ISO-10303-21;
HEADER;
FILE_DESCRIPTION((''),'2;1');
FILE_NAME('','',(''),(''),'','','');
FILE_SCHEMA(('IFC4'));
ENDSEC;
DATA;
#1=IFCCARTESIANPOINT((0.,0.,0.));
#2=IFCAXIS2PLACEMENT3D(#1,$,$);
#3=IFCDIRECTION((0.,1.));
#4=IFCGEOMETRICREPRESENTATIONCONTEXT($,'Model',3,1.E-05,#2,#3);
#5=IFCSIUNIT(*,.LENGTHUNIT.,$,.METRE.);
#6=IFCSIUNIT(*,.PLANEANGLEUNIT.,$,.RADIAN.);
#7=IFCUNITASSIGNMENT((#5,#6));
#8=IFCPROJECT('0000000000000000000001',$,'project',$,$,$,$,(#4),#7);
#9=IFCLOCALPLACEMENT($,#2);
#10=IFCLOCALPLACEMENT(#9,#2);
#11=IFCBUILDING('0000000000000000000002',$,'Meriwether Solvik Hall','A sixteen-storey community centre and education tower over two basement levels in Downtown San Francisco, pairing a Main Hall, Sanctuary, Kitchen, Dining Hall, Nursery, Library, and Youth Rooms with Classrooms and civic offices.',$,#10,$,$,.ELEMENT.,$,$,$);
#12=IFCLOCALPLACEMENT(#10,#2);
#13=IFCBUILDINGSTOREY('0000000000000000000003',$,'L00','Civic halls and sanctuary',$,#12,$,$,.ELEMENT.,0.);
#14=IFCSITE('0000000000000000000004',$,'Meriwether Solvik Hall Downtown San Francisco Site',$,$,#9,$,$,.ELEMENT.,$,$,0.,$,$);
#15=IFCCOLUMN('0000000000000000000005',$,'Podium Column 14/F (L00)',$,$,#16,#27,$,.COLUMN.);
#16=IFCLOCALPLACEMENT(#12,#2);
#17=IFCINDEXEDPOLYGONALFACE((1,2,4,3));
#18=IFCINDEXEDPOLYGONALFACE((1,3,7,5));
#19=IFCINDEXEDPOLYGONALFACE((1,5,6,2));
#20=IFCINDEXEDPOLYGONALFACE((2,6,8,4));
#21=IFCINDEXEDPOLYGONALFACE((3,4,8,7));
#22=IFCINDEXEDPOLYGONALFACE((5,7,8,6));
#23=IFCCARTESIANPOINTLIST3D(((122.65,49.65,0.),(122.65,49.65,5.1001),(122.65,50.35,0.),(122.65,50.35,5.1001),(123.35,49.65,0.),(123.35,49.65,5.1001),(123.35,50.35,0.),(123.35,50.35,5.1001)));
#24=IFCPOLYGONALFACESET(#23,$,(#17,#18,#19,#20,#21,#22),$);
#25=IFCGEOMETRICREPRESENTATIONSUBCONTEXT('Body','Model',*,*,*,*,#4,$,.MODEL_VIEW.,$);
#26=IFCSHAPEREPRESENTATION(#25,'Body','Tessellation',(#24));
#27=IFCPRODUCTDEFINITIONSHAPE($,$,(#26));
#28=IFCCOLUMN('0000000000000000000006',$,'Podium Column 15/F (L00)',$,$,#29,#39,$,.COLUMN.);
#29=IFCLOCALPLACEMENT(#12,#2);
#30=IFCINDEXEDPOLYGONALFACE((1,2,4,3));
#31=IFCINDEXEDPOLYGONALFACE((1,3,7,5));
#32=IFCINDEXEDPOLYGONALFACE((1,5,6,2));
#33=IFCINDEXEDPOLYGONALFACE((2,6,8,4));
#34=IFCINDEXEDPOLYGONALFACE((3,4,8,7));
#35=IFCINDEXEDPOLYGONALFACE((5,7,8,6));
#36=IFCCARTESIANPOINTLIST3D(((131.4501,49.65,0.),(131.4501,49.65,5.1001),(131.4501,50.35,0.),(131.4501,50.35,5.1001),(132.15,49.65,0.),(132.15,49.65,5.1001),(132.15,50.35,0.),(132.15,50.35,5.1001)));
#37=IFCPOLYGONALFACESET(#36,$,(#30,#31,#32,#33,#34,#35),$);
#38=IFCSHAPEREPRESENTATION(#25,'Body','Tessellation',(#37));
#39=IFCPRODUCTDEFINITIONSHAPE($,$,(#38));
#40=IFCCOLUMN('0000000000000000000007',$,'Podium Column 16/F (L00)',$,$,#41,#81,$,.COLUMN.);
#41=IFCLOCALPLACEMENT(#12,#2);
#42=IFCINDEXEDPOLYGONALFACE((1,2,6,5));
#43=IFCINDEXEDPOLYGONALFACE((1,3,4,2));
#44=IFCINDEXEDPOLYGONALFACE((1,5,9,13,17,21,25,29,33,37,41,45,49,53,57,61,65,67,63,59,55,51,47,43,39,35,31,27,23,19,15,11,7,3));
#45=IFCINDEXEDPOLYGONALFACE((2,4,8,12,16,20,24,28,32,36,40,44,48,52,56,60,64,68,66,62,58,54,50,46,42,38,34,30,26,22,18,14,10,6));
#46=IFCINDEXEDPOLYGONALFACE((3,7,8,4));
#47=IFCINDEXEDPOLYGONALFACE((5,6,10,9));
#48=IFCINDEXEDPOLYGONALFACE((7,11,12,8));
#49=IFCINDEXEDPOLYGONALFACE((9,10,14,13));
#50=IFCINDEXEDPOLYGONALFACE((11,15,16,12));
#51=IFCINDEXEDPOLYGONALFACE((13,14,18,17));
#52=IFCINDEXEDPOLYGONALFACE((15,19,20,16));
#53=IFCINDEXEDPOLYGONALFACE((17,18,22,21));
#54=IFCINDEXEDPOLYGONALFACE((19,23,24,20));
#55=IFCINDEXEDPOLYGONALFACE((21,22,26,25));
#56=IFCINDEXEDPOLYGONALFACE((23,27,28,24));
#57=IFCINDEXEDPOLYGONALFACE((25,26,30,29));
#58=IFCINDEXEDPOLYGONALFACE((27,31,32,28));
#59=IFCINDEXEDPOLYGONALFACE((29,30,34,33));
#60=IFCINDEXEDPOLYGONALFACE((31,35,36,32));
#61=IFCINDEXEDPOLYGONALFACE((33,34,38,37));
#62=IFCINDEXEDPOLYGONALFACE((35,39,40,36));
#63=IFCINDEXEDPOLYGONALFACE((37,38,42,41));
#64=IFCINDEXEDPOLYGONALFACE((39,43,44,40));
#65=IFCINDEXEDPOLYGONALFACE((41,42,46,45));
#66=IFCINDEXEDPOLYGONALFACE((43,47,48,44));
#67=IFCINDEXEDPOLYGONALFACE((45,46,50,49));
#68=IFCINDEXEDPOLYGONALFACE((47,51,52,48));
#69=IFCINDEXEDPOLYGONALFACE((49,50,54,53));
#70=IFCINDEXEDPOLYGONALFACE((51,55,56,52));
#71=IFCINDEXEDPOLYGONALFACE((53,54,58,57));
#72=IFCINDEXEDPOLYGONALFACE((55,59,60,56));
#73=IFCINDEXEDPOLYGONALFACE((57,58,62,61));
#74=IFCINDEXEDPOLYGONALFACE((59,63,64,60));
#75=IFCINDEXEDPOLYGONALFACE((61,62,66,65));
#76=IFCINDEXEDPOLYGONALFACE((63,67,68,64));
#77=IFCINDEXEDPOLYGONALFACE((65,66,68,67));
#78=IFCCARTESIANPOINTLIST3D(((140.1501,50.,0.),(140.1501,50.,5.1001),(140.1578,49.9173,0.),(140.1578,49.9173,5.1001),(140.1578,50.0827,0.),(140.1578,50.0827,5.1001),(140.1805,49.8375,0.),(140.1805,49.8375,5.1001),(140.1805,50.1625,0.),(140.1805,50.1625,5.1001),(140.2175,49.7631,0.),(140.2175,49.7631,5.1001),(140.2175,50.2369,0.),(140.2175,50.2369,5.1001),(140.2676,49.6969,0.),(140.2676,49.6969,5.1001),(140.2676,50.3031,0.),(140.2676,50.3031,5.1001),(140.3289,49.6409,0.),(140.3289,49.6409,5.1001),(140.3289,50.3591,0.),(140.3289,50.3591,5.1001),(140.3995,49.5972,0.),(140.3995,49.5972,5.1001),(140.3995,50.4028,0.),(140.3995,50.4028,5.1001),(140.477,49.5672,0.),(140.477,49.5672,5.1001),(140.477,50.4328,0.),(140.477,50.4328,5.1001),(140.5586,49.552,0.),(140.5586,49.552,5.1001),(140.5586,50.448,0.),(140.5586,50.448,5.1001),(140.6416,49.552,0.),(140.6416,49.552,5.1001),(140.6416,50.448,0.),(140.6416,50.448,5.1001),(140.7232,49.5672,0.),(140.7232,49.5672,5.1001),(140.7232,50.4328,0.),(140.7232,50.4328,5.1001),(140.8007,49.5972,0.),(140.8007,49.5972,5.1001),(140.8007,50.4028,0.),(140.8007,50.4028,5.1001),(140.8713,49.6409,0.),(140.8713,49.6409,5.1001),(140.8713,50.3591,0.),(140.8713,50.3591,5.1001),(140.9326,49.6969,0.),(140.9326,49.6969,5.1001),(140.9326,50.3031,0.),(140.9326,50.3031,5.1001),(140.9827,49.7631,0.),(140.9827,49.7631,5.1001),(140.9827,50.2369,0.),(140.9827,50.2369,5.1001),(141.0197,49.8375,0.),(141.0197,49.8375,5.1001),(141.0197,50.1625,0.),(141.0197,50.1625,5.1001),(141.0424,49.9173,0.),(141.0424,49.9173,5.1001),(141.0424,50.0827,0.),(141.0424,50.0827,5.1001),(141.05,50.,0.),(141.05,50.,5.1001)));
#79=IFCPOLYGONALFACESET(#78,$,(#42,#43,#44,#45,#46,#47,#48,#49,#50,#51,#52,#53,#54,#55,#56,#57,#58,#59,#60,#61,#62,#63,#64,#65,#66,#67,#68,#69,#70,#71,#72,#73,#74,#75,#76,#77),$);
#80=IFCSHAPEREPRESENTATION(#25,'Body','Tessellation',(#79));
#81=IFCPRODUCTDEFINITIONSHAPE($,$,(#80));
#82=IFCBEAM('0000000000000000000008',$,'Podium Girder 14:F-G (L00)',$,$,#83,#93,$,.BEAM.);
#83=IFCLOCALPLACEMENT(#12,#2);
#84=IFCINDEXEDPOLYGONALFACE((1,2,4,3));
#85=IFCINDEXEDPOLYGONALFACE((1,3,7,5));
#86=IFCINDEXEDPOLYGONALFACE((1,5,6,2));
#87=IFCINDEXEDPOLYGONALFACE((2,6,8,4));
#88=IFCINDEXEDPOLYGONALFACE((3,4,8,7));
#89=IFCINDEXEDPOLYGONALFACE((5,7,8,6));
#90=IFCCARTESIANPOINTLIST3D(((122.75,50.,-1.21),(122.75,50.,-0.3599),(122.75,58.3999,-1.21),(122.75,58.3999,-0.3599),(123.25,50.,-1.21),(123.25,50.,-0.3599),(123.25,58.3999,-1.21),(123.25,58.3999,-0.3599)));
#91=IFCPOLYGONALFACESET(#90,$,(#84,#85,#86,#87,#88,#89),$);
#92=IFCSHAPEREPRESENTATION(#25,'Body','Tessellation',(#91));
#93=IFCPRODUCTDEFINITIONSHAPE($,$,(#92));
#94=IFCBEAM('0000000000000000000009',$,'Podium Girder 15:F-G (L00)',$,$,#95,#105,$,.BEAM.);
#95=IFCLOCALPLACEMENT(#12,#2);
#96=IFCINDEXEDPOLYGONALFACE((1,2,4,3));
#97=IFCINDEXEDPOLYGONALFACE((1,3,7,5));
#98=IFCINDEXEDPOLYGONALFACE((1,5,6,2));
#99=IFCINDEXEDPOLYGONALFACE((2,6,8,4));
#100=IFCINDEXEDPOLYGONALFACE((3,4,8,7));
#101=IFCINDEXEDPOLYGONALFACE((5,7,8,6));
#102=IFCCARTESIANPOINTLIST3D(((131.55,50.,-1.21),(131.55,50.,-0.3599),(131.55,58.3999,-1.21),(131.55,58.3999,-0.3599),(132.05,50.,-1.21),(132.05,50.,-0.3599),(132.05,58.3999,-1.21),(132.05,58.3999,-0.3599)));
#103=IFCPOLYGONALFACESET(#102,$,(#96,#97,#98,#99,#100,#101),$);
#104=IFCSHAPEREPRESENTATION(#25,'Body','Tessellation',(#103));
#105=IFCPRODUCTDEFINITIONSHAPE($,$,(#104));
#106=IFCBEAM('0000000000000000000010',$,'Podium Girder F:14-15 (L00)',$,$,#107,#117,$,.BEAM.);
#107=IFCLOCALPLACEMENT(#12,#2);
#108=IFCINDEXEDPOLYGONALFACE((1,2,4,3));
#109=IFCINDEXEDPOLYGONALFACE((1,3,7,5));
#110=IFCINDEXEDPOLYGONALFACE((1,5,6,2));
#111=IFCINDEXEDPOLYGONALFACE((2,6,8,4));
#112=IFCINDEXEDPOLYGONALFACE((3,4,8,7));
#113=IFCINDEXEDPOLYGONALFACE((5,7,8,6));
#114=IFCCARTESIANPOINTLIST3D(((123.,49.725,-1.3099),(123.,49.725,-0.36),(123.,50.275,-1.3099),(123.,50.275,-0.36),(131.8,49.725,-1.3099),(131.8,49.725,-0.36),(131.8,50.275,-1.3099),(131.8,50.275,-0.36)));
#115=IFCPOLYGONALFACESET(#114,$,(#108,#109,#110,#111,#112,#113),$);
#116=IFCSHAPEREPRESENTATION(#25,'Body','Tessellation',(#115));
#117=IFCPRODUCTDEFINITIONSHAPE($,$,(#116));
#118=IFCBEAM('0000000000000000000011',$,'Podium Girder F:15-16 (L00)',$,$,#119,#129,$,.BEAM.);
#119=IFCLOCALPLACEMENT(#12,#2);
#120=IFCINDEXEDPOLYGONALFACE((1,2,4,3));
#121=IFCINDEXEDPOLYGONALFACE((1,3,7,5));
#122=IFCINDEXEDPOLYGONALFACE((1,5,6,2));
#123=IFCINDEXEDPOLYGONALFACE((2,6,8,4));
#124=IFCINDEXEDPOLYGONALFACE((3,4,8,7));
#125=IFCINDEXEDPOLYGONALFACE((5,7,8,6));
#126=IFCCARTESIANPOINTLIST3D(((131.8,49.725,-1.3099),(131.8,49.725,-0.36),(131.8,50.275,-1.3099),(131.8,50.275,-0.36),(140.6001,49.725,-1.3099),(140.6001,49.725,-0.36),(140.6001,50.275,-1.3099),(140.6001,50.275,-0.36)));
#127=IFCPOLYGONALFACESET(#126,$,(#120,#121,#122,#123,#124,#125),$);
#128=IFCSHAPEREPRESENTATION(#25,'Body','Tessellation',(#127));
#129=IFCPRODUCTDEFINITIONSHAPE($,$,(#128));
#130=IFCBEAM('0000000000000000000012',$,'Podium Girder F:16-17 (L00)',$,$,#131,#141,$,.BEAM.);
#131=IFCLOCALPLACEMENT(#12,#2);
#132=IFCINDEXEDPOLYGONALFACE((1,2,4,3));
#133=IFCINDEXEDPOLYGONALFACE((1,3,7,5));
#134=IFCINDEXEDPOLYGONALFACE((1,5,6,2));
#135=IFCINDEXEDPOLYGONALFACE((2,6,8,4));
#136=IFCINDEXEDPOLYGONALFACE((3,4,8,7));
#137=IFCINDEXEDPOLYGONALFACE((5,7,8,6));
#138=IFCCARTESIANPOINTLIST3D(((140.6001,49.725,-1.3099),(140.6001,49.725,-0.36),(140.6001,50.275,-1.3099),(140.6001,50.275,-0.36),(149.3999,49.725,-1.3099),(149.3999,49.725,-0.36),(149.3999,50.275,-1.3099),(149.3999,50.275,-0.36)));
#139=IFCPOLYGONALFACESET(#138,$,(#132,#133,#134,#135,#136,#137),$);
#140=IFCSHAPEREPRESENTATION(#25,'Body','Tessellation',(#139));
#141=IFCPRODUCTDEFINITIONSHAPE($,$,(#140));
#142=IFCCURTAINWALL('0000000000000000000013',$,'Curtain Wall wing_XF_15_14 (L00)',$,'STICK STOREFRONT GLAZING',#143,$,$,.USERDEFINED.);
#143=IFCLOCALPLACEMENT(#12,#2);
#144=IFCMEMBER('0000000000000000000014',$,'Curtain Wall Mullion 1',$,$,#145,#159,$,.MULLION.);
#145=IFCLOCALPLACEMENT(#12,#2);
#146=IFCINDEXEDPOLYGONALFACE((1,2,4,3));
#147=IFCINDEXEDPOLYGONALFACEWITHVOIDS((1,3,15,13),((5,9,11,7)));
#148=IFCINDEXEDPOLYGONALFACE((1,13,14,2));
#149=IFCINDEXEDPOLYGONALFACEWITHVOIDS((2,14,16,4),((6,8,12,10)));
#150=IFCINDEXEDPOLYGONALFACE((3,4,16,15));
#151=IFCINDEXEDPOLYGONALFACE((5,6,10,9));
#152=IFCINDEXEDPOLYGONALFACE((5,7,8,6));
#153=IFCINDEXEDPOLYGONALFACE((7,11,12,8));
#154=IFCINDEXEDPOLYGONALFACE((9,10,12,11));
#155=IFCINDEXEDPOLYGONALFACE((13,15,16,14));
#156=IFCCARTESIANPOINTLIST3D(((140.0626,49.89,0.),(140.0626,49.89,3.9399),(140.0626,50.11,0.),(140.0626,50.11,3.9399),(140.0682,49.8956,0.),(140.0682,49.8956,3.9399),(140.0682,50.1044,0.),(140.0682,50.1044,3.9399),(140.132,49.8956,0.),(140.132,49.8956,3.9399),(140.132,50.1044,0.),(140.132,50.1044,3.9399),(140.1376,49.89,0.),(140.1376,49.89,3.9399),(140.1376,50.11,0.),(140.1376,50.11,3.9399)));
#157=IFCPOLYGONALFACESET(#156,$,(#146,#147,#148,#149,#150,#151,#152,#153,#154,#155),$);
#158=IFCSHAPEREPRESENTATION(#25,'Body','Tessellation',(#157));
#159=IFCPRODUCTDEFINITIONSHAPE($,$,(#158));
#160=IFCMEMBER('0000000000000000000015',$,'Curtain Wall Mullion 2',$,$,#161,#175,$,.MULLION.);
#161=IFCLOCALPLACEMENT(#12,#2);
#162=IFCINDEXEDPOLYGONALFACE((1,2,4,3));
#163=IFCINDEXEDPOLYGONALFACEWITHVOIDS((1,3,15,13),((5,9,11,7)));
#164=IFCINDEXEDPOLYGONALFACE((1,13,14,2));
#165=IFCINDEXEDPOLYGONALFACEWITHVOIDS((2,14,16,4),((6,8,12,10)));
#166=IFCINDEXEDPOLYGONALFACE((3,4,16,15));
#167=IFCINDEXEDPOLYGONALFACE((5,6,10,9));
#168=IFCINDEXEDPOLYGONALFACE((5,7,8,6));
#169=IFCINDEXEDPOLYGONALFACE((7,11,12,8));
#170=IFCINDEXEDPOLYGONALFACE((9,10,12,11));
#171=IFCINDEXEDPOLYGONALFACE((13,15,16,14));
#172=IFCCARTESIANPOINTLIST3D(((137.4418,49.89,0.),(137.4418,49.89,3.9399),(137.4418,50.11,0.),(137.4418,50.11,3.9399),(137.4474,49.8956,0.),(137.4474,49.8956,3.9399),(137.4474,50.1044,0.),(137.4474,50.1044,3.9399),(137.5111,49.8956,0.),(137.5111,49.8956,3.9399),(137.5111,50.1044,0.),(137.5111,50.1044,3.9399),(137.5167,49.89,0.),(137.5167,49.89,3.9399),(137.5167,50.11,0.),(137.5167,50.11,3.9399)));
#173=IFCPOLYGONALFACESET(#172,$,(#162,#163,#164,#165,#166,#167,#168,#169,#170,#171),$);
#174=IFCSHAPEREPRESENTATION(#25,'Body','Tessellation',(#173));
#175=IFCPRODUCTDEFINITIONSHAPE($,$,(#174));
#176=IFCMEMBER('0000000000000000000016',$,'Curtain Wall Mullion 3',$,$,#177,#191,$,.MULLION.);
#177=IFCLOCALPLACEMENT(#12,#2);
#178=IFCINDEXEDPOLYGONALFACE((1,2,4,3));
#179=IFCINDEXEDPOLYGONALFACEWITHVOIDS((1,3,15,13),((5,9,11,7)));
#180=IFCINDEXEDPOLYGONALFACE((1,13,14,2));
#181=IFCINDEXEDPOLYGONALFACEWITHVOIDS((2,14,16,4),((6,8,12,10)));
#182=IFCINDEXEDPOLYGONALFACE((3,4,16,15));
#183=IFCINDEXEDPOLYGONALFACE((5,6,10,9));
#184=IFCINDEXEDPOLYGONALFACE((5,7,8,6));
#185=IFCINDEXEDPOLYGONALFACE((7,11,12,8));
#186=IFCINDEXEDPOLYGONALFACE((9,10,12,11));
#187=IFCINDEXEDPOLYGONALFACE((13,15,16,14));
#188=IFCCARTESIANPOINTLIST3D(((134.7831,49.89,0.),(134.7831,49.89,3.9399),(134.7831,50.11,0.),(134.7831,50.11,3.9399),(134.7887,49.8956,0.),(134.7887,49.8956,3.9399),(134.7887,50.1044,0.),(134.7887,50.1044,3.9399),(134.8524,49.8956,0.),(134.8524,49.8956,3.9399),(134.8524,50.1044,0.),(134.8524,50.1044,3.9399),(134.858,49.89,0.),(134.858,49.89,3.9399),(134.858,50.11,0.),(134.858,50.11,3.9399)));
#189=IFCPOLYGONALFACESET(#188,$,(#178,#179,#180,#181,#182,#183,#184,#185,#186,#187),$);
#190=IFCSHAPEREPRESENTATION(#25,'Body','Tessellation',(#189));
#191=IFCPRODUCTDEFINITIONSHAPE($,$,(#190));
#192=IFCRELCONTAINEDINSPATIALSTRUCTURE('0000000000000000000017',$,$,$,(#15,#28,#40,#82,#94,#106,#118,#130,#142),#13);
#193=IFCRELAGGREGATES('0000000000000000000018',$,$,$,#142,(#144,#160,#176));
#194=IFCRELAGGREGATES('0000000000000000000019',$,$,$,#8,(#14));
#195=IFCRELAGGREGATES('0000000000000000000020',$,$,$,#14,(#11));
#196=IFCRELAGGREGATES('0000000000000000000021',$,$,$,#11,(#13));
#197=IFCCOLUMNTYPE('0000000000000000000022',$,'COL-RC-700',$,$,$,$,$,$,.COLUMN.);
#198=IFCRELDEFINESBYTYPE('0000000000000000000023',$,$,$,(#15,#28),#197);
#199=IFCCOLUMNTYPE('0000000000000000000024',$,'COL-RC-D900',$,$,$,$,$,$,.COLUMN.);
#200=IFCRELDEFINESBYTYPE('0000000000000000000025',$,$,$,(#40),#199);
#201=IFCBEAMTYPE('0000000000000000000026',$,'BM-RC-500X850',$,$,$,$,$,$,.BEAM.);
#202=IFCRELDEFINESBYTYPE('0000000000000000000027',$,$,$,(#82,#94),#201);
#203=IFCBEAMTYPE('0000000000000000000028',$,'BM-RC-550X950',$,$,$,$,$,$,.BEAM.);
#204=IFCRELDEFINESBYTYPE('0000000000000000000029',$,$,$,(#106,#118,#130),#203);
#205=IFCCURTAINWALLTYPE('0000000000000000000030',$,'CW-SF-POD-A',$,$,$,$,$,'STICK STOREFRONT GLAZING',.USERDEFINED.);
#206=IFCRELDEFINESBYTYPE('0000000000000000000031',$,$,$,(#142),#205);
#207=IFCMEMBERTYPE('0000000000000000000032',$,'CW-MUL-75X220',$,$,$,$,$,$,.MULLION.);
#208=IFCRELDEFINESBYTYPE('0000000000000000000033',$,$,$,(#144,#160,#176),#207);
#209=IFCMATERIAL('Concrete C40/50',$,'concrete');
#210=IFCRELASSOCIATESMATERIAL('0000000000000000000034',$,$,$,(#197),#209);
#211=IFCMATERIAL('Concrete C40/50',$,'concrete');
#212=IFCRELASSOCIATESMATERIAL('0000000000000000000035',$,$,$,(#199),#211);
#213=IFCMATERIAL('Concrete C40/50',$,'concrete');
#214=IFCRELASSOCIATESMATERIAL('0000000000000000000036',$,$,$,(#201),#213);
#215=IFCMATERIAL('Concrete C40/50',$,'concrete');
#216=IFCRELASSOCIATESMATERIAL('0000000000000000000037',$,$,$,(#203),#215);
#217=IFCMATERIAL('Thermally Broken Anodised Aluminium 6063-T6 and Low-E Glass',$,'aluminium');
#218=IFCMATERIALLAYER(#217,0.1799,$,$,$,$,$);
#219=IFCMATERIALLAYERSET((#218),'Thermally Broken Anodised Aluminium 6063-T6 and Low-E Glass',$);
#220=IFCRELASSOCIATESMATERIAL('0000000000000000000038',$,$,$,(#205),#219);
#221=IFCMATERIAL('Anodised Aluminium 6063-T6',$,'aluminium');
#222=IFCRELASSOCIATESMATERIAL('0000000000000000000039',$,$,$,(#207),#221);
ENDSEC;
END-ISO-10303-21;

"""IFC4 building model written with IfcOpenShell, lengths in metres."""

from ifc_helpers import new_model, si_unit, direction, frame, origin, origin_2d, place, context, subcontext, project, spatial, rectangle, hollow_rectangle, circle, extrude, material, layer, layer_set, material_profile, profile_set, type_object, element, aggregate, save


model = new_model("IFC4")

# Units and contexts
model_context = context("Model", 3, precision=1e-05, world=origin(), true_north=direction((0.0, 1.0)))
body_context = subcontext(model_context, "Body", "Model", "MODEL_VIEW")
ifc_project = project(units=[si_unit("LENGTHUNIT", "METRE"), si_unit("PLANEANGLEUNIT", "RADIAN")], contexts=[model_context])

# Site, building, storey
site_placement = place(None, origin())
site = spatial("IfcSite", under=ifc_project, at=site_placement, Name="Meriwether Solvik Hall Downtown San Francisco Site", CompositionType="ELEMENT", RefElevation=0.0)
building_placement = place(site_placement, origin())
building = spatial("IfcBuilding", under=site, at=building_placement, Name="Meriwether Solvik Hall", Description="A sixteen-storey community centre and education tower over two basement levels in Downtown San Francisco, pairing a Main Hall, Sanctuary, Kitchen, Dining Hall, Nursery, Library, and Youth Rooms with Classrooms and civic offices.", CompositionType="ELEMENT")
storey_placement = place(building_placement, origin())
storey = spatial("IfcBuildingStorey", under=building, at=storey_placement, Name="L00", Description="Civic halls and sanctuary", CompositionType="ELEMENT", Elevation=0.0)

# Columns
ifc_material_1 = material(Name="Concrete C40/50", Category="concrete")
ifc_material_profile_1 = material_profile(ifc_material_1, rectangle(XDim=0.7, YDim=0.7, at=origin_2d()), Name="RCC-700X700")
ifc_profile_set_1 = profile_set([ifc_material_profile_1], Name="Concrete C40/50")
column_type_1 = type_object("IfcColumnType", Name="COL-RC-700", PredefinedType="COLUMN", material=ifc_profile_set_1)
for number, where, z_axis, x_axis, name in (
    (1, (123.0, 50.0, 0.0), (0.0, 0.0, 1.0), (1.0, 0.0, 0.0), "Podium Column 14/F (L00)"),
    (2, (131.8, 50.0, 0.0), (0.0, 0.0, 1.0), (1.0, 0.0, 0.0), "Podium Column 15/F (L00)"),
):
    element("IfcColumn", number, at=place(storey_placement, frame(where, z_axis=z_axis, x_axis=x_axis)), inside=storey, type_object=column_type_1, Name=name, PredefinedType="COLUMN", context=body_context, shape_type="SweptSolid", body=[
        extrude(rectangle(XDim=0.7, YDim=0.7, at=origin_2d()), origin(), (0.0, 0.0, 1.0), 5.1001),
    ])
ifc_material_2 = material(Name="Concrete C40/50", Category="concrete")
ifc_material_profile_2 = material_profile(ifc_material_2, circle(Radius=0.45, at=origin_2d()), Name="RCC-D900")
ifc_profile_set_2 = profile_set([ifc_material_profile_2], Name="Concrete C40/50")
column_type_2 = type_object("IfcColumnType", Name="COL-RC-D900", PredefinedType="COLUMN", material=ifc_profile_set_2)
column_placement = place(storey_placement, frame((140.6001, 50.0, 0.0), z_axis=(0.0, 0.0, 1.0), x_axis=(1.0, 0.0, 0.0)))
element("IfcColumn", 3, at=column_placement, inside=storey, type_object=column_type_2, Name="Podium Column 16/F (L00)", PredefinedType="COLUMN", context=body_context, shape_type="SweptSolid", body=[
    extrude(circle(Radius=0.45, at=origin_2d()), origin(), (0.0, 0.0, 1.0), 5.1001),
])

# Beams
ifc_material_3 = material(Name="Concrete C40/50", Category="concrete")
ifc_material_profile_3 = material_profile(ifc_material_3, rectangle(XDim=0.5, YDim=0.8501, at=origin_2d()), Name="RCB-500X850")
ifc_profile_set_3 = profile_set([ifc_material_profile_3], Name="Concrete C40/50")
beam_type_1 = type_object("IfcBeamType", Name="BM-RC-500X850", PredefinedType="BEAM", material=ifc_profile_set_3)
for number, where, z_axis, x_axis, name in (
    (4, (123.0, 50.0, -0.7849), (0.0, 1.0, 0.0), (-1.0, 0.0, 0.0), "Podium Girder 14:F-G (L00)"),
    (5, (131.8, 50.0, -0.7849), (0.0, 1.0, 0.0), (-1.0, 0.0, 0.0), "Podium Girder 15:F-G (L00)"),
):
    element("IfcBeam", number, at=place(storey_placement, frame(where, z_axis=z_axis, x_axis=x_axis)), inside=storey, type_object=beam_type_1, Name=name, PredefinedType="BEAM", context=body_context, shape_type="SweptSolid", body=[
        extrude(rectangle(XDim=0.5, YDim=0.8501, at=origin_2d()), origin(), (0.0, 0.0, 1.0), 8.3999),
    ])
ifc_material_4 = material(Name="Concrete C40/50", Category="concrete")
ifc_material_profile_4 = material_profile(ifc_material_4, rectangle(XDim=0.55, YDim=0.95, at=origin_2d()), Name="RCB-550X950")
ifc_profile_set_4 = profile_set([ifc_material_profile_4], Name="Concrete C40/50")
beam_type_2 = type_object("IfcBeamType", Name="BM-RC-550X950", PredefinedType="BEAM", material=ifc_profile_set_4)
for number, where, z_axis, x_axis, name in (
    (6, (123.0, 50.0, -0.835), (1.0, 0.0, 0.0), (0.0, 1.0, 0.0), "Podium Girder F:14-15 (L00)"),
    (7, (131.8, 50.0, -0.835), (1.0, 0.0, 0.0), (0.0, 1.0, 0.0), "Podium Girder F:15-16 (L00)"),
):
    element("IfcBeam", number, at=place(storey_placement, frame(where, z_axis=z_axis, x_axis=x_axis)), inside=storey, type_object=beam_type_2, Name=name, PredefinedType="BEAM", context=body_context, shape_type="SweptSolid", body=[
        extrude(rectangle(XDim=0.55, YDim=0.95, at=origin_2d()), origin(), (0.0, 0.0, 1.0), 8.8),
    ])
beam_placement = place(storey_placement, frame((140.6001, 50.0, -0.835), z_axis=(1.0, 0.0, 0.0), x_axis=(0.0, 1.0, 0.0)))
element("IfcBeam", 8, at=beam_placement, inside=storey, type_object=beam_type_2, Name="Podium Girder F:16-17 (L00)", PredefinedType="BEAM", context=body_context, shape_type="SweptSolid", body=[
    extrude(rectangle(XDim=0.55, YDim=0.95, at=origin_2d()), origin(), (0.0, 0.0, 1.0), 8.7998),
])

# Curtain wall, members
ifc_material_5 = material(Name="Thermally Broken Anodised Aluminium 6063-T6 and Low-E Glass", Category="aluminium")
ifc_layer_1 = layer(ifc_material_5, 0.1799)
ifc_layer_set_1 = layer_set([ifc_layer_1], Name="Thermally Broken Anodised Aluminium 6063-T6 and Low-E Glass")
curtain_wall_type = type_object("IfcCurtainWallType", Name="CW-SF-POD-A", ElementType="STICK STOREFRONT GLAZING", PredefinedType="USERDEFINED", material=ifc_layer_set_1)
curtain_wall_placement = place(storey_placement, origin())
curtain_wall = element("IfcCurtainWall", 9, at=curtain_wall_placement, inside=storey, type_object=curtain_wall_type, Name="Curtain Wall wing_XF_15_14 (L00)", ObjectType="STICK STOREFRONT GLAZING", PredefinedType="USERDEFINED")
ifc_material_6 = material(Name="Anodised Aluminium 6063-T6", Category="aluminium")
ifc_material_profile_5 = material_profile(ifc_material_6, hollow_rectangle(XDim=0.075, YDim=0.22, WallThickness=0.0056, at=origin_2d()), Name="CWM-75X220")
ifc_profile_set_5 = profile_set([ifc_material_profile_5], Name="Anodised Aluminium 6063-T6")
member_type_1 = type_object("IfcMemberType", Name="CW-MUL-75X220", PredefinedType="MULLION", material=ifc_profile_set_5)
member_1_placement = place(storey_placement, frame((140.1001, 50.0, 0.0), z_axis=(0.0, 0.0, 1.0), x_axis=(-1.0, 0.0, 0.0)))
member_1 = element("IfcMember", 10, at=member_1_placement, type_object=member_type_1, Name="Curtain Wall Mullion 1", PredefinedType="MULLION", context=body_context, shape_type="SweptSolid", body=[
    extrude(hollow_rectangle(XDim=0.075, YDim=0.22, WallThickness=0.0056, at=origin_2d()), origin(), (0.0, 0.0, 1.0), 3.9399),
])
member_2_placement = place(storey_placement, frame((137.4792, 50.0, 0.0), z_axis=(0.0, 0.0, 1.0), x_axis=(-1.0, 0.0, 0.0)))
member_2 = element("IfcMember", 11, at=member_2_placement, type_object=member_type_1, Name="Curtain Wall Mullion 2", PredefinedType="MULLION", context=body_context, shape_type="SweptSolid", body=[
    extrude(hollow_rectangle(XDim=0.075, YDim=0.22, WallThickness=0.0056, at=origin_2d()), origin(), (0.0, 0.0, 1.0), 3.9399),
])
member_3_placement = place(storey_placement, frame((134.8206, 50.0, 0.0), z_axis=(0.0, 0.0, 1.0), x_axis=(-1.0, 0.0, 0.0)))
member_3 = element("IfcMember", 12, at=member_3_placement, type_object=member_type_1, Name="Curtain Wall Mullion 3", PredefinedType="MULLION", context=body_context, shape_type="SweptSolid", body=[
    extrude(hollow_rectangle(XDim=0.075, YDim=0.22, WallThickness=0.0056, at=origin_2d()), origin(), (0.0, 0.0, 1.0), 3.9399),
])
aggregate(curtain_wall, [member_1, member_2, member_3])

save(model, "model.ifc")
